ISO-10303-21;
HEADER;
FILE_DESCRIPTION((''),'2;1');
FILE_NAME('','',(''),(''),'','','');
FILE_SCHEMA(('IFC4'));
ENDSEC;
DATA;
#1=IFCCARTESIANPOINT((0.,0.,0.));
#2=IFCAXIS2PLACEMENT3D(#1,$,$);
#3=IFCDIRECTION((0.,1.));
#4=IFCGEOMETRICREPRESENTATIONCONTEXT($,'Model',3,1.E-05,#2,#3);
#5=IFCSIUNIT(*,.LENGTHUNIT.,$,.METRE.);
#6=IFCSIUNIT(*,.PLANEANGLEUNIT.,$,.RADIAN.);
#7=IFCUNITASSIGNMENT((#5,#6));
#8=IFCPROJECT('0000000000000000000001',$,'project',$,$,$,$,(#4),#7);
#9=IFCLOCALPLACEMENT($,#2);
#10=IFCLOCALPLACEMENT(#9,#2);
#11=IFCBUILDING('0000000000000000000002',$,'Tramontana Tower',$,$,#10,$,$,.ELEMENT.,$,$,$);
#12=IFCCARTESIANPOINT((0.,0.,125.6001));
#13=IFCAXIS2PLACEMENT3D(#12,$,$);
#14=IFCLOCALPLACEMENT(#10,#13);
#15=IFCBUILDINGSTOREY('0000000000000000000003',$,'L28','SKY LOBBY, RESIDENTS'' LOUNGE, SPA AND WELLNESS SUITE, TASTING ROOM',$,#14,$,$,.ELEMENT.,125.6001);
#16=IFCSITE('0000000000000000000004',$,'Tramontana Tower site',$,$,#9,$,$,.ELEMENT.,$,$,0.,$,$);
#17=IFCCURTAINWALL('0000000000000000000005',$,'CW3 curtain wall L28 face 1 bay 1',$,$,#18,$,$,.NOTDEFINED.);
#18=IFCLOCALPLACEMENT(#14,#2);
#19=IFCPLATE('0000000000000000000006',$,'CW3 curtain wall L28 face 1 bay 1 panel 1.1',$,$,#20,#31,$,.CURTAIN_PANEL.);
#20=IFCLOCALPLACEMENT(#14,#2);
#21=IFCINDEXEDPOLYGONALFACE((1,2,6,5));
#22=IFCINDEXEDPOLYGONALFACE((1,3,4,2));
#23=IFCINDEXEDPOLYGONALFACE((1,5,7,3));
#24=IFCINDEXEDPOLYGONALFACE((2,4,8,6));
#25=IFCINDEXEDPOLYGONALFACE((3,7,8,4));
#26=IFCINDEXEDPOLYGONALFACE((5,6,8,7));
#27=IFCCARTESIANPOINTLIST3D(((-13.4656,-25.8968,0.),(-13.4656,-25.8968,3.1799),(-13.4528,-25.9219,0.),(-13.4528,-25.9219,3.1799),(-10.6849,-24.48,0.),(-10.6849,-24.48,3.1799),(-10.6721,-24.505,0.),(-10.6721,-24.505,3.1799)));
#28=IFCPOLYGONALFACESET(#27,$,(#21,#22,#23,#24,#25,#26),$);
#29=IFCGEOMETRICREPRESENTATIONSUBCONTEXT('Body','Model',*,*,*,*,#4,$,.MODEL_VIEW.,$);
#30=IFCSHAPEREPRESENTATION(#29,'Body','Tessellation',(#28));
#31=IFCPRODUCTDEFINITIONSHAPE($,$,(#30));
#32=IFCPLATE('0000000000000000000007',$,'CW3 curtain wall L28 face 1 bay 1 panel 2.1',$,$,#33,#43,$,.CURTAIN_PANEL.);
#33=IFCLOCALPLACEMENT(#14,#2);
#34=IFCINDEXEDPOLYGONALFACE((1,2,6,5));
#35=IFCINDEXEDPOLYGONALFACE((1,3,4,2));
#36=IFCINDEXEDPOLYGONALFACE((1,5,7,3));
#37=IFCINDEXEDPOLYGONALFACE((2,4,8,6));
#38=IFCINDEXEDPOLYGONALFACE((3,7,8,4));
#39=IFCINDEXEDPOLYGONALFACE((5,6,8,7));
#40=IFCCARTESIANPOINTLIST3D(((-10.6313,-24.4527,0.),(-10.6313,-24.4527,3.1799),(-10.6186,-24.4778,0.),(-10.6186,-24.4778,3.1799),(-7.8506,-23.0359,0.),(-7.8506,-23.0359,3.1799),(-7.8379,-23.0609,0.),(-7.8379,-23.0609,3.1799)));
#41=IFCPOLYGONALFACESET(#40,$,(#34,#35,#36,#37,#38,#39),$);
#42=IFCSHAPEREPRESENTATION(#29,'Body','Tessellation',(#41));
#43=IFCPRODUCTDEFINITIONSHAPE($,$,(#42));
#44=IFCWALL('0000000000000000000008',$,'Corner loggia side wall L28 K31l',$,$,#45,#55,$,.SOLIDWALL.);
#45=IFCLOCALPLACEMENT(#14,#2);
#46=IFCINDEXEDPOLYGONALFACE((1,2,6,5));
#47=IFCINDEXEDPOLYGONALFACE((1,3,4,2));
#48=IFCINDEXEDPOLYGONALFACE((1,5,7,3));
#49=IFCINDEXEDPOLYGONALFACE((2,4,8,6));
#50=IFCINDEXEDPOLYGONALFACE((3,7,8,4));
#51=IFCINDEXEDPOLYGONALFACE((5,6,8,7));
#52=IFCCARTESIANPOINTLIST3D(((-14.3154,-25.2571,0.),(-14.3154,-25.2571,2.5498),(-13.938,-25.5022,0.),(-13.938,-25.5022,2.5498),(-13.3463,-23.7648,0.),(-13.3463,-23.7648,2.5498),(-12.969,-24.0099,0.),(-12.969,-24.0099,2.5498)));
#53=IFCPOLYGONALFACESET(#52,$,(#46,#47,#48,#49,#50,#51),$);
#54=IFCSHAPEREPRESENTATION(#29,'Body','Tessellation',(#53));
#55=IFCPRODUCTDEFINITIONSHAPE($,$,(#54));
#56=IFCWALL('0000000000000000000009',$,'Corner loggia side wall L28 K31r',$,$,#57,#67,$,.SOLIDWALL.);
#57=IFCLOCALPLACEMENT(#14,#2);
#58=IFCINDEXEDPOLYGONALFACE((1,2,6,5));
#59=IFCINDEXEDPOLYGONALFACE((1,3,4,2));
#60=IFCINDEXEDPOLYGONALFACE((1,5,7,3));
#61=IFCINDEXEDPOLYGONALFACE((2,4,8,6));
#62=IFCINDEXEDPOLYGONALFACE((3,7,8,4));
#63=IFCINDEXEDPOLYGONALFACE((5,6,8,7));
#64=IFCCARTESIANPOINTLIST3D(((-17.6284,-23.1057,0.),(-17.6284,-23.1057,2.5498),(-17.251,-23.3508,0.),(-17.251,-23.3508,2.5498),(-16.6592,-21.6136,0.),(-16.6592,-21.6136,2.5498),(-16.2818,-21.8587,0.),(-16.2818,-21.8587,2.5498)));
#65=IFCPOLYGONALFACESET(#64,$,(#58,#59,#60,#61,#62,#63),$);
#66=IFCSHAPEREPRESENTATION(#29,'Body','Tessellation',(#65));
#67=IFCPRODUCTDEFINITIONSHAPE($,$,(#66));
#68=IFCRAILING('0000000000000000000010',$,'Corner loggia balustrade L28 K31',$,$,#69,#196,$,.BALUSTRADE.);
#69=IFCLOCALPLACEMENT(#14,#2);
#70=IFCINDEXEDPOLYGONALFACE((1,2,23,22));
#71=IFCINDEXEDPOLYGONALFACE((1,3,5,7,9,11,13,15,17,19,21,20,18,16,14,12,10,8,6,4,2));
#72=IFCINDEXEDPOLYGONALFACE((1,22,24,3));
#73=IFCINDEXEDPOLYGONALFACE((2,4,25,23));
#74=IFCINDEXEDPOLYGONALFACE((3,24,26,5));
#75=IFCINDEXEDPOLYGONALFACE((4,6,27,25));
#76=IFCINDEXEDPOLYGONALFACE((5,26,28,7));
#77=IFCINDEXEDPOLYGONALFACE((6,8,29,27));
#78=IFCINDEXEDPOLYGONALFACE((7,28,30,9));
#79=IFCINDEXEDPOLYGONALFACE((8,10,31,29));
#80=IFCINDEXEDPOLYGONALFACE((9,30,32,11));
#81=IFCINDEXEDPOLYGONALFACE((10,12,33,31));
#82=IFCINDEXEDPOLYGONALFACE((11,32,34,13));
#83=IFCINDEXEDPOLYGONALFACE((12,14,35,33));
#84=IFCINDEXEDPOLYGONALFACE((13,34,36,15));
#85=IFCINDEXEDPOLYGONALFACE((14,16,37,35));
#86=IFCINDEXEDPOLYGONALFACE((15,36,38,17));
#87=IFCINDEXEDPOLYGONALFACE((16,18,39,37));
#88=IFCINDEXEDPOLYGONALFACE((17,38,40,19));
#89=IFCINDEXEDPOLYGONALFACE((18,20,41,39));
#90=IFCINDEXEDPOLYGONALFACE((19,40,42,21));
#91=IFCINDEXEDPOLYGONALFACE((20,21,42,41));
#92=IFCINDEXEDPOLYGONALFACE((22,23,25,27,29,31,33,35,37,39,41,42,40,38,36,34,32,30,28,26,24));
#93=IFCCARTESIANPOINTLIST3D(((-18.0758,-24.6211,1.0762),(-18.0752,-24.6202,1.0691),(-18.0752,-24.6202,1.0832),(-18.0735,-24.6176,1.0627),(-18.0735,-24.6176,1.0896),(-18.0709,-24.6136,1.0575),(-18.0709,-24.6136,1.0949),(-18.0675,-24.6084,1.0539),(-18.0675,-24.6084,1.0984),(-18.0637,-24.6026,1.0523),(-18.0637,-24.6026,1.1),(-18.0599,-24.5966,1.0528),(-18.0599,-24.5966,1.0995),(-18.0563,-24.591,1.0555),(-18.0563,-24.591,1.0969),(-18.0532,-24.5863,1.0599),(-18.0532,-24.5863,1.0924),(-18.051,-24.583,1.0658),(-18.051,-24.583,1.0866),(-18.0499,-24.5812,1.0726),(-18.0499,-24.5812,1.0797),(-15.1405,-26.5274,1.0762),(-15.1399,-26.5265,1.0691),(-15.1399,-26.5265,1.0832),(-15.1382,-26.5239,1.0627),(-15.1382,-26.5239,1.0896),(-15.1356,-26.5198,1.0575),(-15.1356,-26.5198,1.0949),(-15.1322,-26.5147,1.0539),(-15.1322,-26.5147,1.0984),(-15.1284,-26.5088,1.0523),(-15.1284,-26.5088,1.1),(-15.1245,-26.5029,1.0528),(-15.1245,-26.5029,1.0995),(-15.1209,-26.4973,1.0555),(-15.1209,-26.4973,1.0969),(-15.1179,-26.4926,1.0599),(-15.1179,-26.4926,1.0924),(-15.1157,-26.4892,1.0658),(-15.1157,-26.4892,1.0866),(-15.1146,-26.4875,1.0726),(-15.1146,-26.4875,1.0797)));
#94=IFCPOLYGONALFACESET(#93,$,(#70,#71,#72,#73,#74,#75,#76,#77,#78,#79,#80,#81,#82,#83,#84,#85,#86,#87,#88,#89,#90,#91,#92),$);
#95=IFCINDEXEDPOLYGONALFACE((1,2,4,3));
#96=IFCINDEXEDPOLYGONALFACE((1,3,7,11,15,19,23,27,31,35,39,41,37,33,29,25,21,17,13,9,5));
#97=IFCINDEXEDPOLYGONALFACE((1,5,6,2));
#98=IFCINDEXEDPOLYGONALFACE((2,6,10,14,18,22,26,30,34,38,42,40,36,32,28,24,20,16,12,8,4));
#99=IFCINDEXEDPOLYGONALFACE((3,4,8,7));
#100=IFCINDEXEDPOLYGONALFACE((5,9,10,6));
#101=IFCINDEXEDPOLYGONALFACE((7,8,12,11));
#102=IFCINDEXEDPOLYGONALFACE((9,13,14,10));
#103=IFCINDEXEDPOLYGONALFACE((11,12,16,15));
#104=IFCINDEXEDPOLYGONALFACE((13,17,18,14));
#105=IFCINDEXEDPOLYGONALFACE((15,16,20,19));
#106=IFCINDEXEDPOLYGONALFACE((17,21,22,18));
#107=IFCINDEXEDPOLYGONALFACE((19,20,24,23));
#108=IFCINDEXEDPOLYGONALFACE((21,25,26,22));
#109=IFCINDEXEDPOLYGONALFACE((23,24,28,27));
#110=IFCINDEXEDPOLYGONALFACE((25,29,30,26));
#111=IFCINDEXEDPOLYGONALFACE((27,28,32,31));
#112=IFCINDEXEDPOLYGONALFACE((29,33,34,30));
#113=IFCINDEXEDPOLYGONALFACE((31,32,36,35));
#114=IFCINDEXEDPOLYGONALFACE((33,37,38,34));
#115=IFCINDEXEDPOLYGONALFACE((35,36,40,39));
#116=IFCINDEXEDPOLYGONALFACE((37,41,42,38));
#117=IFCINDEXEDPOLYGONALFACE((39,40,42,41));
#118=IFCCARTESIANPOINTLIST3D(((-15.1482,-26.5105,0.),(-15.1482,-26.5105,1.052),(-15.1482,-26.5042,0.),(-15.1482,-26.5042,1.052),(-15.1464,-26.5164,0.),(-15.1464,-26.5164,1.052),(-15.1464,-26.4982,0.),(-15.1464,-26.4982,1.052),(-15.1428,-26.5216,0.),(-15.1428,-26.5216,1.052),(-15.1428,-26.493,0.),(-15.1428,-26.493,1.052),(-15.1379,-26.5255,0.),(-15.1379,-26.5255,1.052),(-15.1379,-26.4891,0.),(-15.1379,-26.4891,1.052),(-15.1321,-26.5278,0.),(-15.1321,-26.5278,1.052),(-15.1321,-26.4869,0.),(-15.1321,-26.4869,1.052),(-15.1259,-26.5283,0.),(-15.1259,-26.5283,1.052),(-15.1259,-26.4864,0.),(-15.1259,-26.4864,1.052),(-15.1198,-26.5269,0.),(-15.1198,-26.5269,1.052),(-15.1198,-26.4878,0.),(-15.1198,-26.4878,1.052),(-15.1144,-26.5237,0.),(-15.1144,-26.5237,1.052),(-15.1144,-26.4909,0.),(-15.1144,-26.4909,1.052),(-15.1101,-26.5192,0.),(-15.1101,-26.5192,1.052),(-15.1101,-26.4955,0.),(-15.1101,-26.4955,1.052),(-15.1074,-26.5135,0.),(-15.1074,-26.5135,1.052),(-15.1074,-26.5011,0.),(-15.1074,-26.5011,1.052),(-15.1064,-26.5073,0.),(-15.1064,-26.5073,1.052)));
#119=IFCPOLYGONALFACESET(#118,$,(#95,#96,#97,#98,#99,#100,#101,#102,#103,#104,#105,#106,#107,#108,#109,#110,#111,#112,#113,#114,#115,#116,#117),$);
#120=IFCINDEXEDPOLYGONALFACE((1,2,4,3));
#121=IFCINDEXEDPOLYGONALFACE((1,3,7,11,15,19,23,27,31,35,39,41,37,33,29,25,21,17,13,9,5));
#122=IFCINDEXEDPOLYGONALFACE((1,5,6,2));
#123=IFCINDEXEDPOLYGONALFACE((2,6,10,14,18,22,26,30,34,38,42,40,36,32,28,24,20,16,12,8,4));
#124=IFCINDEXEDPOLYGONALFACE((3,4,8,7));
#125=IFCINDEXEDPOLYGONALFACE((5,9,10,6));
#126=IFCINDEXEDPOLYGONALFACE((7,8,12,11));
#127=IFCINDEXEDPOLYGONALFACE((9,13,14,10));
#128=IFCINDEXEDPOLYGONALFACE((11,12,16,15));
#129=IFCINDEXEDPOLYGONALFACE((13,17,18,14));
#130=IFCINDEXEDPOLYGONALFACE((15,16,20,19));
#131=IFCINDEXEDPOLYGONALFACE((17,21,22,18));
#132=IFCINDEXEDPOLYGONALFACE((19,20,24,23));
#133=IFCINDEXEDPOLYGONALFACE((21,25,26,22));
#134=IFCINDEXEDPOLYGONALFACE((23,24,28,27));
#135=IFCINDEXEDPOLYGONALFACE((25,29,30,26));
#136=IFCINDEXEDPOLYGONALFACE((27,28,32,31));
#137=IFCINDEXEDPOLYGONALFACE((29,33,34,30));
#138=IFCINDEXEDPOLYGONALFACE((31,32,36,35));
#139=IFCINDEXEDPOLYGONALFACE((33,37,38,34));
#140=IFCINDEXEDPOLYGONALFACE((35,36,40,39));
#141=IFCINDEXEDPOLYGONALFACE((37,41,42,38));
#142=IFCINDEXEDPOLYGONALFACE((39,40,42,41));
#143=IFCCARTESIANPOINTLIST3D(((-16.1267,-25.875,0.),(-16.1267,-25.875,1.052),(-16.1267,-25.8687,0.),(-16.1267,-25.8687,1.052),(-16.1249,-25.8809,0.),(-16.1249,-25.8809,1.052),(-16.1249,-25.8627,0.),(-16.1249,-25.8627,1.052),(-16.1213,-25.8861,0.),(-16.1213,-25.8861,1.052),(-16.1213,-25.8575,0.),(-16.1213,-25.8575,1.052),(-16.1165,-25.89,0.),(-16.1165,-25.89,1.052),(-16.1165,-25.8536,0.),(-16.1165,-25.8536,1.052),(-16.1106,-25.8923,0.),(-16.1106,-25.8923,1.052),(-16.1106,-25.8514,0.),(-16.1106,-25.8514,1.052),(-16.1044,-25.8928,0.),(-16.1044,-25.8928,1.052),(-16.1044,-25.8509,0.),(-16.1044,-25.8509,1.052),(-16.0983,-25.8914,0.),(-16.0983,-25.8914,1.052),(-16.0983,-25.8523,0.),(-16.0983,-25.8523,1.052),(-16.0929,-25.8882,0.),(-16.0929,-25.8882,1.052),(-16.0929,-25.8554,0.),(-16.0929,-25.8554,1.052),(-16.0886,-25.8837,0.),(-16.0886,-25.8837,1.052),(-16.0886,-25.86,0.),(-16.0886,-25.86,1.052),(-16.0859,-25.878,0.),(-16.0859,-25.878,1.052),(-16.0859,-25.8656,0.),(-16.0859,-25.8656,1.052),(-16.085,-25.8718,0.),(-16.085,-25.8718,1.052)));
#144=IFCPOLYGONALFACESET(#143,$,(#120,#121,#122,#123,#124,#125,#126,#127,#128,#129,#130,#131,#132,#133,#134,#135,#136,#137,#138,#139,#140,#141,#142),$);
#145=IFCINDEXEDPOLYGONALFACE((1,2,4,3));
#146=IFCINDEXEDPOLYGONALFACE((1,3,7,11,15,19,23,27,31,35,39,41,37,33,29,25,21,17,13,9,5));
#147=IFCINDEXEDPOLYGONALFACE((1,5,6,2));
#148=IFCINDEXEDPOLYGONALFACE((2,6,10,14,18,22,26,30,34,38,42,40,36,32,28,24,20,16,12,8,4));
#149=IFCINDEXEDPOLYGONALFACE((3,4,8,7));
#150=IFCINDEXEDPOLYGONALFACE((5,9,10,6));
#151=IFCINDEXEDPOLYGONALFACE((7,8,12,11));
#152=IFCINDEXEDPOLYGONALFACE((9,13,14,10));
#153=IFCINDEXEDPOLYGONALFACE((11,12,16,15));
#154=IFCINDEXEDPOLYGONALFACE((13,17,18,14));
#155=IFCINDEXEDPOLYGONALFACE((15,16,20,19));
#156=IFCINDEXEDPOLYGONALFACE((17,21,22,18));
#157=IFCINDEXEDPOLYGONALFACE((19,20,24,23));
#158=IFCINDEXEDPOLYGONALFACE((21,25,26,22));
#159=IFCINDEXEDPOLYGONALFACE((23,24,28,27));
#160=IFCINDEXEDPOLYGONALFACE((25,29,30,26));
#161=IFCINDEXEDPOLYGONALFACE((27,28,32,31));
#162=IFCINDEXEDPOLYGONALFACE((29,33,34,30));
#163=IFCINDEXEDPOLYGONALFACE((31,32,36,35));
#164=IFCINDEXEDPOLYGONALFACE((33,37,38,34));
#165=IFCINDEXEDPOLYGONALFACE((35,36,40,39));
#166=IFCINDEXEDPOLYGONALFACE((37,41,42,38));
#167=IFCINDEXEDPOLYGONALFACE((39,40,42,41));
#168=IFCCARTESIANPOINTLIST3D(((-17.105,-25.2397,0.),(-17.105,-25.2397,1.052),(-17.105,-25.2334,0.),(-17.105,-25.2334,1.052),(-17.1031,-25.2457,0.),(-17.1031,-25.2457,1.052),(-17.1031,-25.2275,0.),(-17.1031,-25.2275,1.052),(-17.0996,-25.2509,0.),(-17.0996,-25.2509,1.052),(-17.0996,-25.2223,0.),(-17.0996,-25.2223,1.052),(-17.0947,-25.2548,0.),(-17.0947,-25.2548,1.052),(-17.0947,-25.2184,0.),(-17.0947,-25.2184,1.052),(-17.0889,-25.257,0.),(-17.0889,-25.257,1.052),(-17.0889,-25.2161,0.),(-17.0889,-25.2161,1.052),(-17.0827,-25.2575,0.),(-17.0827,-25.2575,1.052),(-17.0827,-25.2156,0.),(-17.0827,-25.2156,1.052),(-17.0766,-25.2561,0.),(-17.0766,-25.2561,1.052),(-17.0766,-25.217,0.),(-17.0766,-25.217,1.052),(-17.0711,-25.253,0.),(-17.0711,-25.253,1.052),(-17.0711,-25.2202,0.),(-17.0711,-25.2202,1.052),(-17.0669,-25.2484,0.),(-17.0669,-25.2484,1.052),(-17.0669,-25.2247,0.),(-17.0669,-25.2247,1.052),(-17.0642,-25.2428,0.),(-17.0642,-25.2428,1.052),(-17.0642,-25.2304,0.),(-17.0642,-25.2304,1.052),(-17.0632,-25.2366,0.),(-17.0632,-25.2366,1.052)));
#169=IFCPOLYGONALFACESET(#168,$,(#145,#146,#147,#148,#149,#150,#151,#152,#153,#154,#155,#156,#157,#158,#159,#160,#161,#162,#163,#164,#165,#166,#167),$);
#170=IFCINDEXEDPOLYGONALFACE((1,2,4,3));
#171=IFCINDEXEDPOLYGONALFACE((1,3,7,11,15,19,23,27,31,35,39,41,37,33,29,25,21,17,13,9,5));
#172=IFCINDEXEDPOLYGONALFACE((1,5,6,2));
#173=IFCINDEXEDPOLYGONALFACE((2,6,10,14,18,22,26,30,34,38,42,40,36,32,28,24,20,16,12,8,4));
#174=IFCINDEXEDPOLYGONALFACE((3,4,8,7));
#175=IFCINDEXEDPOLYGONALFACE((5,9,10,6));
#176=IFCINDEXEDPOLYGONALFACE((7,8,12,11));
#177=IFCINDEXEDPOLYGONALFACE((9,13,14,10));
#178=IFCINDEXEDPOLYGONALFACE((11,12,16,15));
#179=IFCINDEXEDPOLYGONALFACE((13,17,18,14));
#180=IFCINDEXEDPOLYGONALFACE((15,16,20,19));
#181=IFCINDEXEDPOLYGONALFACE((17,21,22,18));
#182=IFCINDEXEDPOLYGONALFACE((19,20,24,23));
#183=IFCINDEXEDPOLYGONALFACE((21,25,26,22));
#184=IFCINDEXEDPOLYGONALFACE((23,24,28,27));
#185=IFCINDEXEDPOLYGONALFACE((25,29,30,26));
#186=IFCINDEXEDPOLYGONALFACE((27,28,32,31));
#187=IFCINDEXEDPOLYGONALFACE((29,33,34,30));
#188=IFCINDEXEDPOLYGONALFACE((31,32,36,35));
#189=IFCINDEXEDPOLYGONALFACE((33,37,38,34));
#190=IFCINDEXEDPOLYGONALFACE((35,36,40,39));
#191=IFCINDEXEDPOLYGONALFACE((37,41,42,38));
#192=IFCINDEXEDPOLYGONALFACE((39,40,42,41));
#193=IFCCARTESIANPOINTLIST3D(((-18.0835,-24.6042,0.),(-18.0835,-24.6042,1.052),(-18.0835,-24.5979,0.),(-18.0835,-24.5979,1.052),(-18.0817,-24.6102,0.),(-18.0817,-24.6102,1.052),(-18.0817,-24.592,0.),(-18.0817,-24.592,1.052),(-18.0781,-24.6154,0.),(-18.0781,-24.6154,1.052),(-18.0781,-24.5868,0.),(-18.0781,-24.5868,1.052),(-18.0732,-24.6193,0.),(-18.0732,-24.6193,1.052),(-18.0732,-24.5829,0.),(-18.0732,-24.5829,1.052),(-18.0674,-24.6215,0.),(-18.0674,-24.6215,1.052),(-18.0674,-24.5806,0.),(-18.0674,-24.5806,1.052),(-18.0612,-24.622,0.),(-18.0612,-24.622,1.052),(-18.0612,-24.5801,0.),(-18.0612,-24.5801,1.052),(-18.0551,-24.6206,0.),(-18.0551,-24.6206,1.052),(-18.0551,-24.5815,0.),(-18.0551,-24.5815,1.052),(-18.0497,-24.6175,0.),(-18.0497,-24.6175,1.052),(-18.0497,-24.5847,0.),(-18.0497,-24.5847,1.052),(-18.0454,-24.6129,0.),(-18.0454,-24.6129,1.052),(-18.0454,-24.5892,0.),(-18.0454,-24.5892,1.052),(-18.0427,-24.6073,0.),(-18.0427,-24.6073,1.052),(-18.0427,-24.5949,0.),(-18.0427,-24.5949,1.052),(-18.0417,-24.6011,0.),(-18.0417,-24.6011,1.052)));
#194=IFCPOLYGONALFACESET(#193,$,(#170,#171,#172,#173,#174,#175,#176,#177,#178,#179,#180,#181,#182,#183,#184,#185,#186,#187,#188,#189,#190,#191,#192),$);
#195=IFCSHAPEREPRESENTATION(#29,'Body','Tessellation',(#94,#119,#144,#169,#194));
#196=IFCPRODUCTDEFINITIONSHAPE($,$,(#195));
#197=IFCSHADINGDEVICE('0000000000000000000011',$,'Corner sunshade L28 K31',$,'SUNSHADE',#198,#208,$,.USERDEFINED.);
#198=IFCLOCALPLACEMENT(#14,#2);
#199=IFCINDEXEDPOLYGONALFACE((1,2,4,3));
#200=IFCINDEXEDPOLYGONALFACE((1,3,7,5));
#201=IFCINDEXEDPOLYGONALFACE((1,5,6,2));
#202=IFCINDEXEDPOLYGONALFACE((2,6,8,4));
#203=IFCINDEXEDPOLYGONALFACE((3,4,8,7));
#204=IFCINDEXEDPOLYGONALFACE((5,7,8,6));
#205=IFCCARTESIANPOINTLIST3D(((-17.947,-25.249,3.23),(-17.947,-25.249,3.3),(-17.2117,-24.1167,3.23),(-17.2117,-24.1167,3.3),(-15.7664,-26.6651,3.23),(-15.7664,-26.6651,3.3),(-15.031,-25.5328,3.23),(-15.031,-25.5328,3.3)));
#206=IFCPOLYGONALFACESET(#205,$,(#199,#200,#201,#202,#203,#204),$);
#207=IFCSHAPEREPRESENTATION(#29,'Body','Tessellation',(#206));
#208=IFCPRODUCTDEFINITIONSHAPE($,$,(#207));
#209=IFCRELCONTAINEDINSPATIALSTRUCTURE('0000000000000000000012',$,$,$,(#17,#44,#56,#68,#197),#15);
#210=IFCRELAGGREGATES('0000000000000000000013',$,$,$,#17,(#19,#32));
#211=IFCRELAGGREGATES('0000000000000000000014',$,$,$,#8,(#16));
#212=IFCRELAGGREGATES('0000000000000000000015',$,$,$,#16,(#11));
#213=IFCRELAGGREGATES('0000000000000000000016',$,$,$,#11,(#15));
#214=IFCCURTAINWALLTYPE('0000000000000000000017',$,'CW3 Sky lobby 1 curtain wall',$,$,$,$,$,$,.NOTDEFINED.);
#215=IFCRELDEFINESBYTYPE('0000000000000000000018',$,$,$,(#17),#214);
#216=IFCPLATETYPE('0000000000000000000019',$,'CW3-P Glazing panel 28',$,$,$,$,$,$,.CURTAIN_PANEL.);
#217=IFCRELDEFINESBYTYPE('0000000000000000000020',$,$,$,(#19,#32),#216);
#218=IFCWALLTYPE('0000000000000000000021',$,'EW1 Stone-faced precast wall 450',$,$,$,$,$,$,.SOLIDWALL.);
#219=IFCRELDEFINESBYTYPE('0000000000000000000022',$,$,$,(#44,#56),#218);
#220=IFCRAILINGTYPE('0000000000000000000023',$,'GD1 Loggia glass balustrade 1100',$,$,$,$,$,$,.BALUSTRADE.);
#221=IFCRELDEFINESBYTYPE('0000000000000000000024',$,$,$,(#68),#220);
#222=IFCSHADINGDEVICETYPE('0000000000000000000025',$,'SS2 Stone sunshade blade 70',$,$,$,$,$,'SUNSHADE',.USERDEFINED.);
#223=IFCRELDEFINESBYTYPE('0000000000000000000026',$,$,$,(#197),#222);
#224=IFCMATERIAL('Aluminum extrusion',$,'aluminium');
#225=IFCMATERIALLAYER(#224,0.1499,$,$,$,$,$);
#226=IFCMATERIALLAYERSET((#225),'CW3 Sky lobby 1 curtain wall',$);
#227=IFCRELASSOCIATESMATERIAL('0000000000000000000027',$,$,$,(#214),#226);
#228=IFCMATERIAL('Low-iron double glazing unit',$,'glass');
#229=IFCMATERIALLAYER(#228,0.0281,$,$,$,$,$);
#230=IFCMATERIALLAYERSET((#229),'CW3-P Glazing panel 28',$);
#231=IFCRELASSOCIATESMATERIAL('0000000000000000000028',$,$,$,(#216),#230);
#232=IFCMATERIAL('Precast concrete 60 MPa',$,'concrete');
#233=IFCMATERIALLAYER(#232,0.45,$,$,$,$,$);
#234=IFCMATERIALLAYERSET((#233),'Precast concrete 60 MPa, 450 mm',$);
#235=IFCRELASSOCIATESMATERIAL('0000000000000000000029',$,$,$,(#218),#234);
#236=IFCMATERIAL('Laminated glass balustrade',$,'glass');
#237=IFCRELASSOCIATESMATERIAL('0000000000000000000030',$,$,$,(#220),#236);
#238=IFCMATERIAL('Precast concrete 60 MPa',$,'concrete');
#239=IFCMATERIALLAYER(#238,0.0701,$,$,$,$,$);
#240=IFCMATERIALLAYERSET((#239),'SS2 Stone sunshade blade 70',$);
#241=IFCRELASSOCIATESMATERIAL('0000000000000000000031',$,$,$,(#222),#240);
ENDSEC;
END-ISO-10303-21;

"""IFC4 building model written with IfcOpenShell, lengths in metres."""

from ifc_helpers import new_model, si_unit, direction, frame, frame_2d, origin, origin_2d, place, context, subcontext, project, spatial, rectangle, circle, extrude, material, layer, layer_set, type_object, element, aggregate, save


model = new_model("IFC4")

# Units and contexts
model_context = context("Model", 3, precision=1e-05, world=origin(), true_north=direction((0.0, 1.0)))
body_context = subcontext(model_context, "Body", "Model", "MODEL_VIEW")
ifc_project = project(units=[si_unit("LENGTHUNIT", "METRE"), si_unit("PLANEANGLEUNIT", "RADIAN")], contexts=[model_context])

# Site, building, storey
site_placement = place(None, origin())
site = spatial("IfcSite", under=ifc_project, at=site_placement, Name="Tramontana Tower site", CompositionType="ELEMENT", RefElevation=0.0)
building_placement = place(site_placement, origin())
building = spatial("IfcBuilding", under=site, at=building_placement, Name="Tramontana Tower", CompositionType="ELEMENT")
storey_placement = place(building_placement, frame((0.0, 0.0, 125.6001)))
storey = spatial("IfcBuildingStorey", under=building, at=storey_placement, Name="L28", Description="SKY LOBBY, RESIDENTS' LOUNGE, SPA AND WELLNESS SUITE, TASTING ROOM", CompositionType="ELEMENT", Elevation=125.6001)

# Shared definitions
ifc_material_1 = material(Name="Aluminum extrusion", Category="aluminium")
ifc_layer_1 = layer(ifc_material_1, 0.1499)
ifc_layer_set_1 = layer_set([ifc_layer_1], Name="CW3 Sky lobby 1 curtain wall")
curtain_wall_type = type_object("IfcCurtainWallType", Name="CW3 Sky lobby 1 curtain wall", PredefinedType="NOTDEFINED", material=ifc_layer_set_1)

# Curtain wall
curtain_wall_1_placement = place(storey_placement, origin())
curtain_wall_1 = element("IfcCurtainWall", 1, at=curtain_wall_1_placement, inside=storey, type_object=curtain_wall_type, Name="CW3 curtain wall L28 face 1 bay 1", PredefinedType="NOTDEFINED")

# Plates
ifc_material_2 = material(Name="Low-iron double glazing unit", Category="glass")
ifc_layer_2 = layer(ifc_material_2, 0.0281)
ifc_layer_set_2 = layer_set([ifc_layer_2], Name="CW3-P Glazing panel 28")
plate_type = type_object("IfcPlateType", Name="CW3-P Glazing panel 28", PredefinedType="CURTAIN_PANEL", material=ifc_layer_set_2)
plate_1_placement = place(storey_placement, frame((-12.0688, -25.2009, 0.0), z_axis=(0.0, 0.0, 1.0), x_axis=(0.891007, 0.45399, 0.0)))
plate_1 = element("IfcPlate", 2, at=plate_1_placement, type_object=plate_type, Name="CW3 curtain wall L28 face 1 bay 1 panel 1.1", PredefinedType="CURTAIN_PANEL", context=body_context, shape_type="SweptSolid", body=[
    extrude(rectangle(XDim=3.1208, YDim=0.0281, at=origin_2d()), origin(), (0.0, 0.0, 1.0), 3.1799),
])
plate_2_placement = place(storey_placement, frame((-9.2346, -23.7568, 0.0), z_axis=(0.0, 0.0, 1.0), x_axis=(0.891007, 0.45399, 0.0)))
plate_2 = element("IfcPlate", 3, at=plate_2_placement, type_object=plate_type, Name="CW3 curtain wall L28 face 1 bay 1 panel 2.1", PredefinedType="CURTAIN_PANEL", context=body_context, shape_type="SweptSolid", body=[
    extrude(rectangle(XDim=3.1208, YDim=0.0281, at=origin_2d()), origin(), (0.0, 0.0, 1.0), 3.1799),
])
aggregate(curtain_wall_1, [plate_1, plate_2])

# Walls
ifc_material_3 = material(Name="Precast concrete 60 MPa", Category="concrete")
ifc_layer_3 = layer(ifc_material_3, 0.45)
ifc_layer_set_3 = layer_set([ifc_layer_3], Name="Precast concrete 60 MPa, 450 mm")
wall_type_1 = type_object("IfcWallType", Name="EW1 Stone-faced precast wall 450", PredefinedType="SOLIDWALL", material=ifc_layer_set_3)
for number, where, z_axis, x_axis, name in (
    (4, (-14.1267, -25.3796, 0.0), (0.0, 0.0, 1.0), (0.544622, 0.838682, 0.0), "Corner loggia side wall L28 K31l"),
    (5, (-17.4397, -23.2283, 0.0), (0.0, 0.0, 1.0), (0.544718, 0.838619, 0.0), "Corner loggia side wall L28 K31r"),
):
    element("IfcWall", number, at=place(storey_placement, frame(where, z_axis=z_axis, x_axis=x_axis)), inside=storey, type_object=wall_type_1, Name=name, PredefinedType="SOLIDWALL", context=body_context, shape_type="SweptSolid", body=[
        extrude(rectangle(XDim=1.7793, YDim=0.45, at=frame_2d((0.8896, 0.0))), origin(), (0.0, 0.0, 1.0), 2.5498),
    ])

# Railing
ifc_material_4 = material(Name="Laminated glass balustrade", Category="glass")
railing_type = type_object("IfcRailingType", Name="GD1 Loggia glass balustrade 1100", PredefinedType="BALUSTRADE", material=ifc_material_4)
railing_placement = place(storey_placement, frame((-15.1274, -26.5073, 0.0)))
element("IfcRailing", 6, at=railing_placement, inside=storey, type_object=railing_type, Name="Corner loggia balustrade L28 K31", PredefinedType="BALUSTRADE", context=body_context, shape_type="SweptSolid", body=[
    extrude(circle(Radius=0.0239, at=origin_2d()), frame((0.0, 0.0, 1.0762), z_axis=(-0.838665, 0.544647, 0.0), x_axis=(-0.544647, -0.838665, 0.0)), (0.0, 0.0, 1.0), 3.5),
    extrude(circle(Radius=0.021, at=origin_2d()), origin(), (0.0, 0.0, 1.0), 1.052),
    extrude(circle(Radius=0.021, at=origin_2d()), frame((-0.9785, 0.6355, 0.0)), (0.0, 0.0, 1.0), 1.052),
    extrude(circle(Radius=0.021, at=origin_2d()), frame((-1.9568, 1.2708, 0.0)), (0.0, 0.0, 1.0), 1.052),
    extrude(circle(Radius=0.021, at=origin_2d()), frame((-2.9353, 1.9062, 0.0)), (0.0, 0.0, 1.0), 1.052),
])

# Shading device
ifc_material_5 = material(Name="Precast concrete 60 MPa", Category="concrete")
ifc_layer_4 = layer(ifc_material_5, 0.0701)
ifc_layer_set_4 = layer_set([ifc_layer_4], Name="SS2 Stone sunshade blade 70")
shading_device_type = type_object("IfcShadingDeviceType", Name="SS2 Stone sunshade blade 70", ElementType="SUNSHADE", PredefinedType="USERDEFINED", material=ifc_layer_set_4)
shading_device_placement = place(storey_placement, frame((-16.489, -25.3909, 3.23), z_axis=(0.0, 0.0, 1.0), x_axis=(-0.838671, 0.544639, 0.0)))
element("IfcShadingDevice", 7, at=shading_device_placement, inside=storey, type_object=shading_device_type, Name="Corner sunshade L28 K31", ObjectType="SUNSHADE", PredefinedType="USERDEFINED", context=body_context, shape_type="SweptSolid", body=[
    extrude(rectangle(XDim=2.6001, YDim=1.3501, at=origin_2d()), origin(), (0.0, 0.0, 1.0), 0.0701),
])

save(model, "model.ifc")
